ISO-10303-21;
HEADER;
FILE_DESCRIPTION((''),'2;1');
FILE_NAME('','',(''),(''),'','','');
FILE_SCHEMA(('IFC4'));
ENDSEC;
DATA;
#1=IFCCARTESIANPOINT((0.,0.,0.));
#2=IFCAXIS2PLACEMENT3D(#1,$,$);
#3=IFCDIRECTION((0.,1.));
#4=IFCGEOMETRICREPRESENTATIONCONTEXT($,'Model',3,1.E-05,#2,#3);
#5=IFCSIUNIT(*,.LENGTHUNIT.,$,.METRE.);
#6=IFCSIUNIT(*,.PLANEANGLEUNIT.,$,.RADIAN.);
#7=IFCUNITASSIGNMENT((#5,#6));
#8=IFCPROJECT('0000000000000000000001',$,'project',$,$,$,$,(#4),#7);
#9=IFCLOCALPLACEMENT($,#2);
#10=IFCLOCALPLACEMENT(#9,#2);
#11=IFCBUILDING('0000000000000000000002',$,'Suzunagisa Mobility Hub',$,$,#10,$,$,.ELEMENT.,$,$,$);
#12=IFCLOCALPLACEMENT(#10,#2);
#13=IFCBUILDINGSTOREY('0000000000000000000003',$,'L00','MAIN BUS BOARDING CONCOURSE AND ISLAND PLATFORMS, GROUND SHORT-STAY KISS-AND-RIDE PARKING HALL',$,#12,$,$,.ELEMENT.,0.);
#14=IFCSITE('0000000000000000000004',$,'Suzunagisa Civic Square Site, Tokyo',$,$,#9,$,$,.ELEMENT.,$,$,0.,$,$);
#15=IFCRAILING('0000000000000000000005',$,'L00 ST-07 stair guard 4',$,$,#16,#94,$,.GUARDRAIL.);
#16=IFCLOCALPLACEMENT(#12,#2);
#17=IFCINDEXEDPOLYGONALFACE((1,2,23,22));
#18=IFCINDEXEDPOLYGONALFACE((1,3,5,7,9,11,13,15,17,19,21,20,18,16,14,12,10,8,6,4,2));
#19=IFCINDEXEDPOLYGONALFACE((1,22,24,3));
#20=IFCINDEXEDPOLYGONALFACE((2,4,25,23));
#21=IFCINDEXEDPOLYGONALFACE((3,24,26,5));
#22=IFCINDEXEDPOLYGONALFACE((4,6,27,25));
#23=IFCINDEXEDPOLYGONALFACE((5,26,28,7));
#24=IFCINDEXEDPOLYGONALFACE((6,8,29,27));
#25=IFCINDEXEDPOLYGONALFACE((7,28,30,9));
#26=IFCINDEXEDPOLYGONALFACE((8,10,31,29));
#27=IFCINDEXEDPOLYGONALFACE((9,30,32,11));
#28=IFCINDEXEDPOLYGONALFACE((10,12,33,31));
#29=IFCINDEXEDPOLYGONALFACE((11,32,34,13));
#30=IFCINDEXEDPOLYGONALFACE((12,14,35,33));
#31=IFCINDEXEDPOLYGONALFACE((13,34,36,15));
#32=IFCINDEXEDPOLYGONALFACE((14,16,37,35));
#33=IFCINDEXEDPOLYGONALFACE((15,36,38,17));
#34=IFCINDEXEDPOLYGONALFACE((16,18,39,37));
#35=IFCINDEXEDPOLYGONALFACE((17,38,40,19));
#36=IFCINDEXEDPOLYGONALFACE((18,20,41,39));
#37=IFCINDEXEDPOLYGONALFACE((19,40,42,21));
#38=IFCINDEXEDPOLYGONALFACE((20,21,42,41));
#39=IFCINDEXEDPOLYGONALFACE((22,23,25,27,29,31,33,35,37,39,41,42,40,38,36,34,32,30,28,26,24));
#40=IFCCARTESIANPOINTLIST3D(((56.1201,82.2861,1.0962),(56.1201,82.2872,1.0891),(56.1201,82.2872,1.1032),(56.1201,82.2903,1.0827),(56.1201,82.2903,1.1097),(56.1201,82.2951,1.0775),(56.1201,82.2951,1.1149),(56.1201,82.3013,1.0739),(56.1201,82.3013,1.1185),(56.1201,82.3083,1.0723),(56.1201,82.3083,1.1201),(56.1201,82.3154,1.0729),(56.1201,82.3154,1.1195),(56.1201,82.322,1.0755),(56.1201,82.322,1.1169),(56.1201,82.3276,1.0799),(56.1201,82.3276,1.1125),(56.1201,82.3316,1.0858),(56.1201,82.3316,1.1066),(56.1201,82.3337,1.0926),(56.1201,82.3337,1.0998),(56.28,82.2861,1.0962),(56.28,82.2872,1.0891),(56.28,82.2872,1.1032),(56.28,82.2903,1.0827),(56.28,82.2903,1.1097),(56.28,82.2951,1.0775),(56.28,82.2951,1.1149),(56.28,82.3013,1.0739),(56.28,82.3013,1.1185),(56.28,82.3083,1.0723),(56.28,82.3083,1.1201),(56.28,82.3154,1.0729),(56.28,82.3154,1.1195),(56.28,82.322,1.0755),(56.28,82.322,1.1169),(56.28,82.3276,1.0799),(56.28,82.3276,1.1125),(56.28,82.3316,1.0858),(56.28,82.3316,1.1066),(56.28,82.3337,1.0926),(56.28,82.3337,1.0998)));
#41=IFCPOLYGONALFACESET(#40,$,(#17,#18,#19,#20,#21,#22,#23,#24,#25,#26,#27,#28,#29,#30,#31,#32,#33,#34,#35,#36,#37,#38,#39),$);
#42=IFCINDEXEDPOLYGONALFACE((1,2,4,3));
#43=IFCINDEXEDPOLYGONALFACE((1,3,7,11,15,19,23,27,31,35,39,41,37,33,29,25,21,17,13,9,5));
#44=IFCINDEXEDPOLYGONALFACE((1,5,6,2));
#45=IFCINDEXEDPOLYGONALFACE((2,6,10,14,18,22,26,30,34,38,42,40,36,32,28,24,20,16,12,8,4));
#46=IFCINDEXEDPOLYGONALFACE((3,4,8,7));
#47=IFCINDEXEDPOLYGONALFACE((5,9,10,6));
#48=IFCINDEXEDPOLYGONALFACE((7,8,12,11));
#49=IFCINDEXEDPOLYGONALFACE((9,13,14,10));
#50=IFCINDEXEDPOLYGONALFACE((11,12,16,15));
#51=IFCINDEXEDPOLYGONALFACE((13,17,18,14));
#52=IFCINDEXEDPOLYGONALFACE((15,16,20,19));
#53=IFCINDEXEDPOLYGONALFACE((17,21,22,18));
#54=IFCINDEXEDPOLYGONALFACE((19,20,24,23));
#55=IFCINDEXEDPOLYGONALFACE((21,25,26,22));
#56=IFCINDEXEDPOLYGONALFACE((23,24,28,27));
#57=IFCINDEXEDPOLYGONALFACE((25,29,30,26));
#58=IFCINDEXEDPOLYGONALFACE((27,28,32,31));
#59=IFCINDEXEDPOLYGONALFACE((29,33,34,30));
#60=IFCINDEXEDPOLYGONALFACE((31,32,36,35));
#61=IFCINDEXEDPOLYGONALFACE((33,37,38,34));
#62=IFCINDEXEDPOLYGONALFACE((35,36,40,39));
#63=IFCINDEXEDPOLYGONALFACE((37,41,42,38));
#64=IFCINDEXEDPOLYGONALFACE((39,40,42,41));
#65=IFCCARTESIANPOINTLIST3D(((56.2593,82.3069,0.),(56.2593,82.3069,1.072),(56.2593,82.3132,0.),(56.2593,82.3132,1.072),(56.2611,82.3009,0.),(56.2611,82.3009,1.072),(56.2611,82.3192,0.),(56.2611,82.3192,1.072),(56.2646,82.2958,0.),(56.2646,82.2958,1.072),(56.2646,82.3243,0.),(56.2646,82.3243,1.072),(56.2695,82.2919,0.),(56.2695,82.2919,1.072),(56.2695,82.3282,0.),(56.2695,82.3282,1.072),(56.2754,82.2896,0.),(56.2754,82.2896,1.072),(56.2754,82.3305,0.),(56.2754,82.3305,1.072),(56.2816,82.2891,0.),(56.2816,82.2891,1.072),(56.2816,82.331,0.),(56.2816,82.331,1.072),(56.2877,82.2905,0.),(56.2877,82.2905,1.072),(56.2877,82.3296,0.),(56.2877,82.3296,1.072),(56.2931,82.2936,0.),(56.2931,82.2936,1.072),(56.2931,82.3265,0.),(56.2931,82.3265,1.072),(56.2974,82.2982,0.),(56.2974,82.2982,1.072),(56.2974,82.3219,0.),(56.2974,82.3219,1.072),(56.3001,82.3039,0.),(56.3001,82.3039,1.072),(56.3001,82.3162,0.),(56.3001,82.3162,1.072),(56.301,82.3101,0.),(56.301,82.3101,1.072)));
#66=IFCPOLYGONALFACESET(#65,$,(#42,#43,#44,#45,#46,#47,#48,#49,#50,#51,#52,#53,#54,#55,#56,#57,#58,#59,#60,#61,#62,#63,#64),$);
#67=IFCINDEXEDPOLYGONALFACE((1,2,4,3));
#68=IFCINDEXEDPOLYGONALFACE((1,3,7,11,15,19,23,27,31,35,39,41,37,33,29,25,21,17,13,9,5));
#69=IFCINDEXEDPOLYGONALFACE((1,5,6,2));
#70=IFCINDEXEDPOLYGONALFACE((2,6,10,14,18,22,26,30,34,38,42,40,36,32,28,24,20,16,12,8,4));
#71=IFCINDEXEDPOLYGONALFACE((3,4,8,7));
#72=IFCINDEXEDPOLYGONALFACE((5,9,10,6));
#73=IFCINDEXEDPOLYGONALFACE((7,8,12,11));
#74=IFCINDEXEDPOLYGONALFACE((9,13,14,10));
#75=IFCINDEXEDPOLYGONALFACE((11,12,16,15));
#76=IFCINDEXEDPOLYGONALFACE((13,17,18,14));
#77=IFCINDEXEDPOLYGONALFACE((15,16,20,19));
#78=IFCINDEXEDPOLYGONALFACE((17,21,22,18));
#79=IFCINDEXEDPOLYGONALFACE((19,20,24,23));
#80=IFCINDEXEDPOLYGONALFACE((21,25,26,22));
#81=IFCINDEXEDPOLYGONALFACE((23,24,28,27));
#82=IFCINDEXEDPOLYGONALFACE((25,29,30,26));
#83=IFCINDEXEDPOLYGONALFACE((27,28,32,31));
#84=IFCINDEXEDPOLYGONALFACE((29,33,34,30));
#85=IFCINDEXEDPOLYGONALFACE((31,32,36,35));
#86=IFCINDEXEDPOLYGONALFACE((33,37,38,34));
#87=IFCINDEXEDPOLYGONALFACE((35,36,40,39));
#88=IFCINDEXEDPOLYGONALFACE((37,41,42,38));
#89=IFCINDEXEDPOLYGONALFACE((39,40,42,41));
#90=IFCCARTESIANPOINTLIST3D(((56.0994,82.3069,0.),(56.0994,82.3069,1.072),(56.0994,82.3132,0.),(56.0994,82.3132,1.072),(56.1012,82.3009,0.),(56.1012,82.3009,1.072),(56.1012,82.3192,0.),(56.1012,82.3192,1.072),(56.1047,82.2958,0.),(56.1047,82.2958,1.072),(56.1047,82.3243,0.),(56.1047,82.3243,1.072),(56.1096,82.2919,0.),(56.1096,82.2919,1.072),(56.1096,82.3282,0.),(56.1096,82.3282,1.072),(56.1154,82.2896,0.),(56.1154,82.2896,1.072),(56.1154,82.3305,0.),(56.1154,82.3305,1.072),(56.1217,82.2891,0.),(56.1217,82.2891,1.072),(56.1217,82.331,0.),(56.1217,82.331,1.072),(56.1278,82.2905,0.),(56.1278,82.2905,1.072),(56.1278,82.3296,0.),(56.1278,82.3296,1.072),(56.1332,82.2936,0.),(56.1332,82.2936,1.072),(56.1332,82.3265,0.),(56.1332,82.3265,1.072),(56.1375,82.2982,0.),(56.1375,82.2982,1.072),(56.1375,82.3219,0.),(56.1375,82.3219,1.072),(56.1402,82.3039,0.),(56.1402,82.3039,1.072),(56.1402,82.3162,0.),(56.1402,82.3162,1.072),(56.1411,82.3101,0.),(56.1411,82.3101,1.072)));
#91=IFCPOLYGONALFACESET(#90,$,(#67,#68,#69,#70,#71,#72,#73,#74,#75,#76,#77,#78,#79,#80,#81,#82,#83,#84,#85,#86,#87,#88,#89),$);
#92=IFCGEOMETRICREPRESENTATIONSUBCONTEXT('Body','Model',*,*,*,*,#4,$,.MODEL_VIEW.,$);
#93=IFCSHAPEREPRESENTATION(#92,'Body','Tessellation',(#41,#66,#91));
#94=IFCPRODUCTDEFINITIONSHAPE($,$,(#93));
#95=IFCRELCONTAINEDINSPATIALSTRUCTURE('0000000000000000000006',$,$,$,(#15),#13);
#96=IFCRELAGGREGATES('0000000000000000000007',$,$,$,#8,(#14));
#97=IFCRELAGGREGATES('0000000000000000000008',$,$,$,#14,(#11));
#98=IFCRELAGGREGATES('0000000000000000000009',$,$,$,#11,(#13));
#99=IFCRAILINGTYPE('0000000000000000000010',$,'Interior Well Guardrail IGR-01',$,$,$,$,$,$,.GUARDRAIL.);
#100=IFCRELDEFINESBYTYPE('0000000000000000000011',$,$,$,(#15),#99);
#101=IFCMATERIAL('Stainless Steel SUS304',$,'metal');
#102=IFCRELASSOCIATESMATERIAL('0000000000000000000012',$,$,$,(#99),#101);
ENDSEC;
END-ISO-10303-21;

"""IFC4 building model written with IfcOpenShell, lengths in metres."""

from ifc_helpers import new_model, si_unit, direction, frame, origin, origin_2d, place, context, subcontext, project, spatial, circle, extrude, material, type_object, element, save


model = new_model("IFC4")

# Units and contexts
model_context = context("Model", 3, precision=1e-05, world=origin(), true_north=direction((0.0, 1.0)))
body_context = subcontext(model_context, "Body", "Model", "MODEL_VIEW")
ifc_project = project(units=[si_unit("LENGTHUNIT", "METRE"), si_unit("PLANEANGLEUNIT", "RADIAN")], contexts=[model_context])

# Site, building, storey
site_placement = place(None, origin())
site = spatial("IfcSite", under=ifc_project, at=site_placement, Name="Suzunagisa Civic Square Site, Tokyo", CompositionType="ELEMENT", RefElevation=0.0)
building_placement = place(site_placement, origin())
building = spatial("IfcBuilding", under=site, at=building_placement, Name="Suzunagisa Mobility Hub", CompositionType="ELEMENT")
storey_placement = place(building_placement, origin())
storey = spatial("IfcBuildingStorey", under=building, at=storey_placement, Name="L00", Description="MAIN BUS BOARDING CONCOURSE AND ISLAND PLATFORMS, GROUND SHORT-STAY KISS-AND-RIDE PARKING HALL", CompositionType="ELEMENT", Elevation=0.0)

# Railing
ifc_material_1 = material(Name="Stainless Steel SUS304", Category="metal")
railing_type_1 = type_object("IfcRailingType", Name="Interior Well Guardrail IGR-01", PredefinedType="GUARDRAIL", material=ifc_material_1)
railing_1_placement = place(storey_placement, frame((56.28, 82.3101, 0.0)))
element("IfcRailing", 1, at=railing_1_placement, inside=storey, type_object=railing_type_1, Name="L00 ST-07 stair guard 4", PredefinedType="GUARDRAIL", context=body_context, shape_type="SweptSolid", body=[
    extrude(circle(Radius=0.0239, at=origin_2d()), frame((0.0, 0.0, 1.0962), z_axis=(-1.0, 0.0, 0.0), x_axis=(0.0, -1.0, 0.0)), (0.0, 0.0, 1.0), 0.1599),
    extrude(circle(Radius=0.021, at=origin_2d()), origin(), (0.0, 0.0, 1.0), 1.072),
    extrude(circle(Radius=0.021, at=origin_2d()), frame((-0.1599, 0.0, 0.0)), (0.0, 0.0, 1.0), 1.072),
])

save(model, "model.ifc")
